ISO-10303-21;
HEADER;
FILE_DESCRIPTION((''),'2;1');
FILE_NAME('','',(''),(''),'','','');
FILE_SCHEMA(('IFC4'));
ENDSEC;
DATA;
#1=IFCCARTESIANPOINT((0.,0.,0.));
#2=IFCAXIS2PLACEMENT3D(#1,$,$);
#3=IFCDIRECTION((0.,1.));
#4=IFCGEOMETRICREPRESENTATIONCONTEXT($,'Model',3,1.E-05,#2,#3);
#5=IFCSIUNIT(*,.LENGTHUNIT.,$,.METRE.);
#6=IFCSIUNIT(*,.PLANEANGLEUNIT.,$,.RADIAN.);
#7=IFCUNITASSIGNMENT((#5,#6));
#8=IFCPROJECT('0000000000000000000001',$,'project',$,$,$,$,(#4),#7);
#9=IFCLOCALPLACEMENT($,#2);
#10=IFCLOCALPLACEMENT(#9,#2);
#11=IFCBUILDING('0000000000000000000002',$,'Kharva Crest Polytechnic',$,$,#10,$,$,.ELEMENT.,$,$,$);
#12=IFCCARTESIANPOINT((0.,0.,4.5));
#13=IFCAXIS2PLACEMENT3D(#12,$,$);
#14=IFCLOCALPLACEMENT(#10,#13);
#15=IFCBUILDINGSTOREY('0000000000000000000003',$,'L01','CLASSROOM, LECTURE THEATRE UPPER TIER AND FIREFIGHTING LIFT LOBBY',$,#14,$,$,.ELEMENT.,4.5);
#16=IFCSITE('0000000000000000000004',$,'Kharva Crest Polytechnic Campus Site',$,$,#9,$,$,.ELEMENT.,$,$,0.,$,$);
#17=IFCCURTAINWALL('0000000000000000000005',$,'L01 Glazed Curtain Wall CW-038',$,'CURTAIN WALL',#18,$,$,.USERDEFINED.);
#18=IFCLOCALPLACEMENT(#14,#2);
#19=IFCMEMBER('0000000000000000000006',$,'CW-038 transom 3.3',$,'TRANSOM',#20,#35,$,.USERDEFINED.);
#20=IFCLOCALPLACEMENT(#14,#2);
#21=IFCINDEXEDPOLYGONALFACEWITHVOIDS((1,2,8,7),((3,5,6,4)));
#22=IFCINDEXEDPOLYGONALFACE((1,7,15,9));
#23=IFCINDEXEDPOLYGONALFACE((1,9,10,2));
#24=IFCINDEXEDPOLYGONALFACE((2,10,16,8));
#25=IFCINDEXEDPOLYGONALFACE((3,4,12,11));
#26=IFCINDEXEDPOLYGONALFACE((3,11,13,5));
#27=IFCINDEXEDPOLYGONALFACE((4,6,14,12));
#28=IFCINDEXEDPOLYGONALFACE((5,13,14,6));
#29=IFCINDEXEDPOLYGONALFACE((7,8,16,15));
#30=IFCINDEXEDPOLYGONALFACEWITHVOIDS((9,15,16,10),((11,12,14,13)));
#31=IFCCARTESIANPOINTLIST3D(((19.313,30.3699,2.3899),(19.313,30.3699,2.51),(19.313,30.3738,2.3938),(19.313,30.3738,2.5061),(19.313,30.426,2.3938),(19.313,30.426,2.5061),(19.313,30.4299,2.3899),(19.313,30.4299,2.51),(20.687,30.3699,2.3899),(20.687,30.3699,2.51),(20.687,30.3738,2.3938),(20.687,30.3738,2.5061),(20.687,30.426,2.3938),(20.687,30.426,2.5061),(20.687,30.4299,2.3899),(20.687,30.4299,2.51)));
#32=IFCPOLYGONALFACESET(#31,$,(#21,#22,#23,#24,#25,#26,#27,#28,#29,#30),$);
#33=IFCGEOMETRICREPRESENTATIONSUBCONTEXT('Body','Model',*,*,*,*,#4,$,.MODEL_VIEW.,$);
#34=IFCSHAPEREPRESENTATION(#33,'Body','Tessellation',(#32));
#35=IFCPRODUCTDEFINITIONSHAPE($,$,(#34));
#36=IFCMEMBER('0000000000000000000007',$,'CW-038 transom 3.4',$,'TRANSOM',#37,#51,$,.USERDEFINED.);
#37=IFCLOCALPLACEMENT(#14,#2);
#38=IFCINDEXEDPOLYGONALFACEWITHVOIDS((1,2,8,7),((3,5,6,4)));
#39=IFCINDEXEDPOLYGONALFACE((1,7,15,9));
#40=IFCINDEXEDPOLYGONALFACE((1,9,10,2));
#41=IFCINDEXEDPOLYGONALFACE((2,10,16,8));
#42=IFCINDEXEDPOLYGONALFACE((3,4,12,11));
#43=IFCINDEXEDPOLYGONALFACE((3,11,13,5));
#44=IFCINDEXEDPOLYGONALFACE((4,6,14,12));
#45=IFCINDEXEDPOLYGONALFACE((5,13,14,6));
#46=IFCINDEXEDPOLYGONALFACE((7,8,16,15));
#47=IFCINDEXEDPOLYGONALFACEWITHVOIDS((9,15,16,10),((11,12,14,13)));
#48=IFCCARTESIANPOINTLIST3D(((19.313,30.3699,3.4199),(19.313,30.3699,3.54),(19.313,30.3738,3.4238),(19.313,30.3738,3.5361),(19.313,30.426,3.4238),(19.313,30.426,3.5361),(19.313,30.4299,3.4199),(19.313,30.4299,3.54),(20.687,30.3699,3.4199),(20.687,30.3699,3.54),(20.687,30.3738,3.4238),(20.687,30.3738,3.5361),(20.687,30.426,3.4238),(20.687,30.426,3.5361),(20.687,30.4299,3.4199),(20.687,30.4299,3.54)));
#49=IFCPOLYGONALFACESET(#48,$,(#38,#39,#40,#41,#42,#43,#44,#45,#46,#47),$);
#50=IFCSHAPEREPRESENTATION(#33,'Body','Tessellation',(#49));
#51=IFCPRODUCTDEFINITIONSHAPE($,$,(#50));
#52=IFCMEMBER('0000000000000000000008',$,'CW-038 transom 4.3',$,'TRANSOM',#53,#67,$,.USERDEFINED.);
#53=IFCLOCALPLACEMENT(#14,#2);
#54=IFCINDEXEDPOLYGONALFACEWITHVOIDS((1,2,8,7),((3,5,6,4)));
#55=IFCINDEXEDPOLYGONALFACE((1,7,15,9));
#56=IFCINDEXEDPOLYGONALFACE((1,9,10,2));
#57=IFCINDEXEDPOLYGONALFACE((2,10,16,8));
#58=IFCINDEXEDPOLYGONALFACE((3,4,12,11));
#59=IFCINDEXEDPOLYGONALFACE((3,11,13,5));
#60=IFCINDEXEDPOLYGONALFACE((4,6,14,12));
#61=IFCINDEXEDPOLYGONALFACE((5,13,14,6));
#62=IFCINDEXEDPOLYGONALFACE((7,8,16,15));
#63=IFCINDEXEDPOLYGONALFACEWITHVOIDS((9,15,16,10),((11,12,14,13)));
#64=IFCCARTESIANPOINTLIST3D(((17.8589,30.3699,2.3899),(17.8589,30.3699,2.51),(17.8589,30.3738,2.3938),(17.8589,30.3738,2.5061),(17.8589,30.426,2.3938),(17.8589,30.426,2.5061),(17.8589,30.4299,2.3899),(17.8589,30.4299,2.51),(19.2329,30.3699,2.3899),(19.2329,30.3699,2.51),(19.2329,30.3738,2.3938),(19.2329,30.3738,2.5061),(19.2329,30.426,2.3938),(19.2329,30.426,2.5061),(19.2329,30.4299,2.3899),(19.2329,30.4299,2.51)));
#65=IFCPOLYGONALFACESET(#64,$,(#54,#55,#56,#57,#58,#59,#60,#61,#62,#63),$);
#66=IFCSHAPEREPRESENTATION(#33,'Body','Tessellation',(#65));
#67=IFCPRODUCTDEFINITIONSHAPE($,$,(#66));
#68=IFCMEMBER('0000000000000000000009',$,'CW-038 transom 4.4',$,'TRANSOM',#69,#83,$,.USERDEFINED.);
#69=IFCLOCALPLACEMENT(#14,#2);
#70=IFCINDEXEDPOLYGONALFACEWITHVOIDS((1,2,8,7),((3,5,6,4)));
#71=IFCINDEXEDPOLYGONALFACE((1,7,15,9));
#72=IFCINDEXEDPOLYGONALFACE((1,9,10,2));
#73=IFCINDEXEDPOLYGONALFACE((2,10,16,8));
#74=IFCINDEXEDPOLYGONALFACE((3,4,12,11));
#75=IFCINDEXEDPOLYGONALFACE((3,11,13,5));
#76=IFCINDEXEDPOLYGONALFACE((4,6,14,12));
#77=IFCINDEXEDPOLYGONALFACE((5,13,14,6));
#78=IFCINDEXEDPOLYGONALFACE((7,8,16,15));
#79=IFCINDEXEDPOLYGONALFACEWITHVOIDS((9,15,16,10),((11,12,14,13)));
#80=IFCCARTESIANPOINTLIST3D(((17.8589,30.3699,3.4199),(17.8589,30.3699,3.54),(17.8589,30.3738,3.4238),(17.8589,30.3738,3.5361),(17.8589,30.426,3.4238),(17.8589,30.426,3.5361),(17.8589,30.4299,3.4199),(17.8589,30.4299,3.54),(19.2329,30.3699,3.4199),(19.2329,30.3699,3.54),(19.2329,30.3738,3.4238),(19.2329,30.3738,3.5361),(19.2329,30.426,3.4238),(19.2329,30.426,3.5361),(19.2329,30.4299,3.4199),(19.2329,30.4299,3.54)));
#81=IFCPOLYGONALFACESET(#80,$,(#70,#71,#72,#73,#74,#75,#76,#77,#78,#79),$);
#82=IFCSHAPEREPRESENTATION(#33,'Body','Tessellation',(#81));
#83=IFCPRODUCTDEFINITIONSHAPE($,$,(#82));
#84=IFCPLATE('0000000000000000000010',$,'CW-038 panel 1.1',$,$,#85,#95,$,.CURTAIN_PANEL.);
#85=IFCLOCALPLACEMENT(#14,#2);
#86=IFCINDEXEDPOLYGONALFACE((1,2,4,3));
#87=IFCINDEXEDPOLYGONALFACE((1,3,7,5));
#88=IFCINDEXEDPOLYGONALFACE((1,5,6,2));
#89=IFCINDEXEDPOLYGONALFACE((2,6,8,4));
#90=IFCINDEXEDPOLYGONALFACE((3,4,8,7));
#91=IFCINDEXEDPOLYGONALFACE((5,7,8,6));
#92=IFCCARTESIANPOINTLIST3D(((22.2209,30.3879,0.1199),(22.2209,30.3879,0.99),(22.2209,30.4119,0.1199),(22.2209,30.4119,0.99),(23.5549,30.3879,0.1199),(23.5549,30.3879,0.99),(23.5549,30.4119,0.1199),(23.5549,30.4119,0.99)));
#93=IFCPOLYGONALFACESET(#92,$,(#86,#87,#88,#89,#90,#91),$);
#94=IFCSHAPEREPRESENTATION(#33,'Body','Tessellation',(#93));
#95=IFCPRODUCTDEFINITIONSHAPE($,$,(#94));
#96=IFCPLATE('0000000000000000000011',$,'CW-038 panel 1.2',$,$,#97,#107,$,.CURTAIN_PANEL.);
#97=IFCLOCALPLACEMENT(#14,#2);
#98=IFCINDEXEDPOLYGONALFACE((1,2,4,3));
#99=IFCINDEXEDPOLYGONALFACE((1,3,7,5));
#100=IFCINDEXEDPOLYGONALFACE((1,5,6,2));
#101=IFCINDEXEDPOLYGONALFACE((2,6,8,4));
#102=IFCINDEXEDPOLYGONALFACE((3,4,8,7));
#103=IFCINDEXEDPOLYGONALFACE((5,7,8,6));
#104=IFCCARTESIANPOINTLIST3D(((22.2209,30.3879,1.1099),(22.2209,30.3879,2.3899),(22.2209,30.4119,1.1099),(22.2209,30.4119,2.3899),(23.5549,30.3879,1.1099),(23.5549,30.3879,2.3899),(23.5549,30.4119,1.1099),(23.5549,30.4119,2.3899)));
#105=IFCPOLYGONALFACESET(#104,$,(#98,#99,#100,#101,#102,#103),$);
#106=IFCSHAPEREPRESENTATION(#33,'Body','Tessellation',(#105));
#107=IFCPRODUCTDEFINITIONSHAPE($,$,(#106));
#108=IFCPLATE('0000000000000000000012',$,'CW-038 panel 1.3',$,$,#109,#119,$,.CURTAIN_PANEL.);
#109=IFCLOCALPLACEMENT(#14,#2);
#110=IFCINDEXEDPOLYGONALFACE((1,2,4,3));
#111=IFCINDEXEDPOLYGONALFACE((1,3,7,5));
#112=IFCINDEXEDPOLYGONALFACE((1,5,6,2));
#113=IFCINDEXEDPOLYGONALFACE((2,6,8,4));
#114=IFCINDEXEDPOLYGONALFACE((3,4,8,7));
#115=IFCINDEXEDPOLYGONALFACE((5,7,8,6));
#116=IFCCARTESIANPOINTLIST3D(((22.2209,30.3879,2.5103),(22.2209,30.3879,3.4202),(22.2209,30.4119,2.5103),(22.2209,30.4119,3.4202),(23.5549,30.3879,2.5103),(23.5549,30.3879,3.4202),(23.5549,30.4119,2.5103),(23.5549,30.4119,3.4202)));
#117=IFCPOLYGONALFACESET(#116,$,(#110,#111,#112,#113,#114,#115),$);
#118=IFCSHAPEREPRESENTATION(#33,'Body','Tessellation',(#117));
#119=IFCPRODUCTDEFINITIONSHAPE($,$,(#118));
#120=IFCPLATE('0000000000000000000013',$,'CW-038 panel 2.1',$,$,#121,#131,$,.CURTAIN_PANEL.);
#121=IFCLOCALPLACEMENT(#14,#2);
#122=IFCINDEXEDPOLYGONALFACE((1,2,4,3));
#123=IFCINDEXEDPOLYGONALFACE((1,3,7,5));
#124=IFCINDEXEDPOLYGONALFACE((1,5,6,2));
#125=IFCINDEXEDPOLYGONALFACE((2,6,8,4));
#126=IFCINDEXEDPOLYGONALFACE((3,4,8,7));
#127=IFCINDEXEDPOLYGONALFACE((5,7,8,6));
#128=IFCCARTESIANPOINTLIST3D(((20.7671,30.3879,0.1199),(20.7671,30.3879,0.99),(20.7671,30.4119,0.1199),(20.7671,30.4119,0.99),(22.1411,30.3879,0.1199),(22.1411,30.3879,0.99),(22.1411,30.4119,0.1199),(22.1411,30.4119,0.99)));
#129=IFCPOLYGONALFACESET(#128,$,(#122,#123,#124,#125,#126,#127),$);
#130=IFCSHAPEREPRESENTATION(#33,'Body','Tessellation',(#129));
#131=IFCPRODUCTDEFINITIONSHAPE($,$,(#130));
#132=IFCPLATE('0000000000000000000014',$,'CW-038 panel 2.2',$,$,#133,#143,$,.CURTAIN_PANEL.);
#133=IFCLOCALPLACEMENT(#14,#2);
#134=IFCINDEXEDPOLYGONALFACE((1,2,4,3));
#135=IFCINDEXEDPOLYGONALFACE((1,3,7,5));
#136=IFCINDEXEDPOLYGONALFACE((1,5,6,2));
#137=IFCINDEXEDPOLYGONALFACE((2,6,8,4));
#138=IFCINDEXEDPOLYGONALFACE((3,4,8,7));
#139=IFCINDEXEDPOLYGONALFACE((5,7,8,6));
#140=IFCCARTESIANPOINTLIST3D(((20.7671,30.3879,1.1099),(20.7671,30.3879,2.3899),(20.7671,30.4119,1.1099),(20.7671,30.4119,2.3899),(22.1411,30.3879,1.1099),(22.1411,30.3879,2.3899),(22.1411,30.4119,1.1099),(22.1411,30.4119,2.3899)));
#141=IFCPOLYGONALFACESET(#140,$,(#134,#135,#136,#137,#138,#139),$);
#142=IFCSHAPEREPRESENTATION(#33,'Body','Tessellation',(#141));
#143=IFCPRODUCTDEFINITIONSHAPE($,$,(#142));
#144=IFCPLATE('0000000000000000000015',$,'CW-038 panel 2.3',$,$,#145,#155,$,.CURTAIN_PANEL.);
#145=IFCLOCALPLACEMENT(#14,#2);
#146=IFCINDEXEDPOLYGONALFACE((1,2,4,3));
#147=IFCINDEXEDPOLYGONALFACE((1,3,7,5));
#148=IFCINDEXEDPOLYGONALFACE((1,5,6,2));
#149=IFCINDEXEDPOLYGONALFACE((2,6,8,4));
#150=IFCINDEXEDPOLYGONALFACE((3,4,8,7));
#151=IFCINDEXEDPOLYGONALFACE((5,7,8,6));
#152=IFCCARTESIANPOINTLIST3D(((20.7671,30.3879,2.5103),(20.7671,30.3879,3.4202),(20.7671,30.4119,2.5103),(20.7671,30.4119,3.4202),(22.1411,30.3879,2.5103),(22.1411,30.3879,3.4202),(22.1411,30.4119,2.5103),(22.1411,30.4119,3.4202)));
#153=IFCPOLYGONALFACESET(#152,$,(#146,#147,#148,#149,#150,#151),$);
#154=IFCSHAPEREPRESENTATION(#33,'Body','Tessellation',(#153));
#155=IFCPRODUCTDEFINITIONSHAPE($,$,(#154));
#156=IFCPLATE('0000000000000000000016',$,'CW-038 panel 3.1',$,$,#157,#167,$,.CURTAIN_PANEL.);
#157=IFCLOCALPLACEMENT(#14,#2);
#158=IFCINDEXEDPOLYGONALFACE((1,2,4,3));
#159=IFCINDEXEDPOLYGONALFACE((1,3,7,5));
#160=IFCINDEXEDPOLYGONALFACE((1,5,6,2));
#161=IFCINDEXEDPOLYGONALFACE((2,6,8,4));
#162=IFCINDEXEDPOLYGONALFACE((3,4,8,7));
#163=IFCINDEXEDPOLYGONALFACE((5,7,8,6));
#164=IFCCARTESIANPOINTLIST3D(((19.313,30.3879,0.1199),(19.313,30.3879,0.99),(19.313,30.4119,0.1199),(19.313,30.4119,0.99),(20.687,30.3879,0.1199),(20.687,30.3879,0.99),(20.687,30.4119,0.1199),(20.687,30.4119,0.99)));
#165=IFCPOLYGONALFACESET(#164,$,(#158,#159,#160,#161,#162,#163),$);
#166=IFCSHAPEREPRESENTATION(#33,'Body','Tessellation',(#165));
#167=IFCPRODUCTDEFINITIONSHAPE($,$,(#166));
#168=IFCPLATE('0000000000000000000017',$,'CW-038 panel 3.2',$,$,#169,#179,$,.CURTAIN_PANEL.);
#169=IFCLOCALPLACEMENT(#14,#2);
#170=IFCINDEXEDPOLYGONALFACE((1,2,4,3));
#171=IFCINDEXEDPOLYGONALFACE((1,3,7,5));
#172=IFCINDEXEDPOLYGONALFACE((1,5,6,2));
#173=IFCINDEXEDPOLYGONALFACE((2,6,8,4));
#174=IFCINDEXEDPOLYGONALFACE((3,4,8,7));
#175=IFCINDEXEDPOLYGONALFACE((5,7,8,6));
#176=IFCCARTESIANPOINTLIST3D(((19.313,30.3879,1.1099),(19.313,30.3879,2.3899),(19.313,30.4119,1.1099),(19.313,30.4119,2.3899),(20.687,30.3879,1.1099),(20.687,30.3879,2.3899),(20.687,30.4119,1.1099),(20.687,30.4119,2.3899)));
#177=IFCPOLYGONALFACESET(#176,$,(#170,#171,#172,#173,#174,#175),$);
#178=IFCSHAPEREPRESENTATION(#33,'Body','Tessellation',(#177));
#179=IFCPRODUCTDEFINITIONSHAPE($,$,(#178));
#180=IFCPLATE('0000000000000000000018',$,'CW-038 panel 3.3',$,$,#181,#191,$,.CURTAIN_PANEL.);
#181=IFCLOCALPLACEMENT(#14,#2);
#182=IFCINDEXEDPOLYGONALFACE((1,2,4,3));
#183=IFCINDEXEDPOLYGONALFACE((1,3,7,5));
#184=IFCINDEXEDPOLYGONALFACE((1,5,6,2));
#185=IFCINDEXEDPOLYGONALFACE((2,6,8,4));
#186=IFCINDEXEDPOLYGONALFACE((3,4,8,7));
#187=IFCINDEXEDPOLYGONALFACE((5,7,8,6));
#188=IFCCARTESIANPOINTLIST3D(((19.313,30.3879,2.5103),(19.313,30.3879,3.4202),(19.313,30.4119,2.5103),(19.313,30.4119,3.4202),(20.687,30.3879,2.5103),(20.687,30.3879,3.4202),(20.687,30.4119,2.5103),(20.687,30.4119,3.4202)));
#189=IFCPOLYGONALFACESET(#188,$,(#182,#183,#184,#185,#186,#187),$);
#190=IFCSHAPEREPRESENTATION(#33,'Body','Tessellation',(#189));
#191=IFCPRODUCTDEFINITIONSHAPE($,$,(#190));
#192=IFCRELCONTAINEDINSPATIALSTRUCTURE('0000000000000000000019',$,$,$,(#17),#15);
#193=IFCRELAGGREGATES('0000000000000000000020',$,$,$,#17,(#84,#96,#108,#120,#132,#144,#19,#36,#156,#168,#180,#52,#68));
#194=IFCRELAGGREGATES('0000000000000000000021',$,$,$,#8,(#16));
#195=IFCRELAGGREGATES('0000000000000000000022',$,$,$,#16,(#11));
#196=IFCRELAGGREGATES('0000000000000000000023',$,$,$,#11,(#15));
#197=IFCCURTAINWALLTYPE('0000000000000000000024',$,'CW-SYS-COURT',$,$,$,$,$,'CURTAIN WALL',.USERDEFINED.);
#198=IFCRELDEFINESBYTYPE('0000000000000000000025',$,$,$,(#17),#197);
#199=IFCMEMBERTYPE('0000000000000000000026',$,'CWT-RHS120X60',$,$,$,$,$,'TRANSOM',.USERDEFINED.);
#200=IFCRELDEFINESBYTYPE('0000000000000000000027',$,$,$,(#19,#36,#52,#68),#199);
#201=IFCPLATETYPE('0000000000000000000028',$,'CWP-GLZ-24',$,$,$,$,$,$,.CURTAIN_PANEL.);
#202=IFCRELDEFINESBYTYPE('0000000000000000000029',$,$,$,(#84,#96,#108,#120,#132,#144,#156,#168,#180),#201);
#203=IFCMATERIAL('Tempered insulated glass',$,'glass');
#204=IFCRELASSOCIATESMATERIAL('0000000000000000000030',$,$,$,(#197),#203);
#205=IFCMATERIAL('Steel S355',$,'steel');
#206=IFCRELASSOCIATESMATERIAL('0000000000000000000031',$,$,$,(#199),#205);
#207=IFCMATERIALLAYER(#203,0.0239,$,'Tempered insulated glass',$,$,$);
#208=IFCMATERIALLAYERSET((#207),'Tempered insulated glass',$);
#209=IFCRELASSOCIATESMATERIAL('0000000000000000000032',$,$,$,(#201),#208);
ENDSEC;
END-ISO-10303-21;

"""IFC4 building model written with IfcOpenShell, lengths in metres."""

from ifc_helpers import new_model, si_unit, direction, frame, origin, origin_2d, place, context, subcontext, project, spatial, rectangle, hollow_rectangle, extrude, material, layer, layer_set, material_profile, profile_set, type_object, element, aggregate, save


model = new_model("IFC4")

# Units and contexts
model_context = context("Model", 3, precision=1e-05, world=origin(), true_north=direction((0.0, 1.0)))
body_context = subcontext(model_context, "Body", "Model", "MODEL_VIEW")
ifc_project = project(units=[si_unit("LENGTHUNIT", "METRE"), si_unit("PLANEANGLEUNIT", "RADIAN")], contexts=[model_context])

# Site, building, storey
site_placement = place(None, origin())
site = spatial("IfcSite", under=ifc_project, at=site_placement, Name="Kharva Crest Polytechnic Campus Site", CompositionType="ELEMENT", RefElevation=0.0)
building_placement = place(site_placement, origin())
building = spatial("IfcBuilding", under=site, at=building_placement, Name="Kharva Crest Polytechnic", CompositionType="ELEMENT")
storey_placement = place(building_placement, frame((0.0, 0.0, 4.5)))
storey = spatial("IfcBuildingStorey", under=building, at=storey_placement, Name="L01", Description="CLASSROOM, LECTURE THEATRE UPPER TIER AND FIREFIGHTING LIFT LOBBY", CompositionType="ELEMENT", Elevation=4.5)

# Curtain wall, members, plates
ifc_material_1 = material(Name="Tempered insulated glass", Category="glass")
curtain_wall_type = type_object("IfcCurtainWallType", Name="CW-SYS-COURT", ElementType="CURTAIN WALL", PredefinedType="USERDEFINED", material=ifc_material_1)
curtain_wall_placement = place(storey_placement, origin())
curtain_wall = element("IfcCurtainWall", 1, at=curtain_wall_placement, inside=storey, type_object=curtain_wall_type, Name="L01 Glazed Curtain Wall CW-038", ObjectType="CURTAIN WALL", PredefinedType="USERDEFINED")
ifc_material_2 = material(Name="Steel S355", Category="steel")
ifc_material_profile_1 = material_profile(ifc_material_2, hollow_rectangle(XDim=0.0601, YDim=0.1201, WallThickness=0.0039, at=origin_2d()), Name="RHS 120X60X4.0")
ifc_profile_set_1 = profile_set([ifc_material_profile_1], Name="Steel S355")
member_type_1 = type_object("IfcMemberType", Name="CWT-RHS120X60", ElementType="TRANSOM", PredefinedType="USERDEFINED", material=ifc_profile_set_1)
member_1_placement = place(storey_placement, frame((20.687, 30.3999, 2.45), z_axis=(-1.0, 0.0, 0.0), x_axis=(0.0, -1.0, 0.0)))
member_1 = element("IfcMember", 2, at=member_1_placement, type_object=member_type_1, Name="CW-038 transom 3.3", ObjectType="TRANSOM", PredefinedType="USERDEFINED", context=body_context, shape_type="SweptSolid", body=[
    extrude(hollow_rectangle(XDim=0.0601, YDim=0.1201, WallThickness=0.0039, at=origin_2d()), origin(), (0.0, 0.0, 1.0), 1.374),
])
member_2_placement = place(storey_placement, frame((20.687, 30.3999, 3.48), z_axis=(-1.0, 0.0, 0.0), x_axis=(0.0, -1.0, 0.0)))
member_2 = element("IfcMember", 3, at=member_2_placement, type_object=member_type_1, Name="CW-038 transom 3.4", ObjectType="TRANSOM", PredefinedType="USERDEFINED", context=body_context, shape_type="SweptSolid", body=[
    extrude(hollow_rectangle(XDim=0.0601, YDim=0.1201, WallThickness=0.0039, at=origin_2d()), origin(), (0.0, 0.0, 1.0), 1.374),
])
member_3_placement = place(storey_placement, frame((19.2329, 30.3999, 2.45), z_axis=(-1.0, 0.0, 0.0), x_axis=(0.0, -1.0, 0.0)))
member_3 = element("IfcMember", 4, at=member_3_placement, type_object=member_type_1, Name="CW-038 transom 4.3", ObjectType="TRANSOM", PredefinedType="USERDEFINED", context=body_context, shape_type="SweptSolid", body=[
    extrude(hollow_rectangle(XDim=0.0601, YDim=0.1201, WallThickness=0.0039, at=origin_2d()), origin(), (0.0, 0.0, 1.0), 1.374),
])
member_4_placement = place(storey_placement, frame((19.2329, 30.3999, 3.48), z_axis=(-1.0, 0.0, 0.0), x_axis=(0.0, -1.0, 0.0)))
member_4 = element("IfcMember", 5, at=member_4_placement, type_object=member_type_1, Name="CW-038 transom 4.4", ObjectType="TRANSOM", PredefinedType="USERDEFINED", context=body_context, shape_type="SweptSolid", body=[
    extrude(hollow_rectangle(XDim=0.0601, YDim=0.1201, WallThickness=0.0039, at=origin_2d()), origin(), (0.0, 0.0, 1.0), 1.374),
])
ifc_layer = layer(ifc_material_1, 0.0239, Name="Tempered insulated glass")
ifc_layer_set = layer_set([ifc_layer], Name="Tempered insulated glass")
plate_type = type_object("IfcPlateType", Name="CWP-GLZ-24", PredefinedType="CURTAIN_PANEL", material=ifc_layer_set)
plate_1_placement = place(storey_placement, frame((22.8879, 30.3999, 0.1199), z_axis=(0.0, 0.0, 1.0), x_axis=(-1.0, 0.0, 0.0)))
plate_1 = element("IfcPlate", 6, at=plate_1_placement, type_object=plate_type, Name="CW-038 panel 1.1", PredefinedType="CURTAIN_PANEL", context=body_context, shape_type="SweptSolid", body=[
    extrude(rectangle(XDim=1.334, YDim=0.0239, at=origin_2d()), origin(), (0.0, 0.0, 1.0), 0.8701),
])
plate_2_placement = place(storey_placement, frame((22.8879, 30.3999, 1.1099), z_axis=(0.0, 0.0, 1.0), x_axis=(-1.0, 0.0, 0.0)))
plate_2 = element("IfcPlate", 7, at=plate_2_placement, type_object=plate_type, Name="CW-038 panel 1.2", PredefinedType="CURTAIN_PANEL", context=body_context, shape_type="SweptSolid", body=[
    extrude(rectangle(XDim=1.334, YDim=0.0239, at=origin_2d()), origin(), (0.0, 0.0, 1.0), 1.28),
])
plate_3_placement = place(storey_placement, frame((22.8879, 30.3999, 2.5103), z_axis=(0.0, 0.0, 1.0), x_axis=(-1.0, 0.0, 0.0)))
plate_3 = element("IfcPlate", 8, at=plate_3_placement, type_object=plate_type, Name="CW-038 panel 1.3", PredefinedType="CURTAIN_PANEL", context=body_context, shape_type="SweptSolid", body=[
    extrude(rectangle(XDim=1.334, YDim=0.0239, at=origin_2d()), origin(), (0.0, 0.0, 1.0), 0.9099),
])
plate_4_placement = place(storey_placement, frame((21.4541, 30.3999, 0.1199), z_axis=(0.0, 0.0, 1.0), x_axis=(-1.0, 0.0, 0.0)))
plate_4 = element("IfcPlate", 9, at=plate_4_placement, type_object=plate_type, Name="CW-038 panel 2.1", PredefinedType="CURTAIN_PANEL", context=body_context, shape_type="SweptSolid", body=[
    extrude(rectangle(XDim=1.374, YDim=0.0239, at=origin_2d()), origin(), (0.0, 0.0, 1.0), 0.8701),
])
plate_5_placement = place(storey_placement, frame((21.4541, 30.3999, 1.1099), z_axis=(0.0, 0.0, 1.0), x_axis=(-1.0, 0.0, 0.0)))
plate_5 = element("IfcPlate", 10, at=plate_5_placement, type_object=plate_type, Name="CW-038 panel 2.2", PredefinedType="CURTAIN_PANEL", context=body_context, shape_type="SweptSolid", body=[
    extrude(rectangle(XDim=1.374, YDim=0.0239, at=origin_2d()), origin(), (0.0, 0.0, 1.0), 1.28),
])
plate_6_placement = place(storey_placement, frame((21.4541, 30.3999, 2.5103), z_axis=(0.0, 0.0, 1.0), x_axis=(-1.0, 0.0, 0.0)))
plate_6 = element("IfcPlate", 11, at=plate_6_placement, type_object=plate_type, Name="CW-038 panel 2.3", PredefinedType="CURTAIN_PANEL", context=body_context, shape_type="SweptSolid", body=[
    extrude(rectangle(XDim=1.374, YDim=0.0239, at=origin_2d()), origin(), (0.0, 0.0, 1.0), 0.9099),
])
plate_7_placement = place(storey_placement, frame((20.0, 30.3999, 0.1199), z_axis=(0.0, 0.0, 1.0), x_axis=(-1.0, 0.0, 0.0)))
plate_7 = element("IfcPlate", 12, at=plate_7_placement, type_object=plate_type, Name="CW-038 panel 3.1", PredefinedType="CURTAIN_PANEL", context=body_context, shape_type="SweptSolid", body=[
    extrude(rectangle(XDim=1.374, YDim=0.0239, at=origin_2d()), origin(), (0.0, 0.0, 1.0), 0.8701),
])
plate_8_placement = place(storey_placement, frame((20.0, 30.3999, 1.1099), z_axis=(0.0, 0.0, 1.0), x_axis=(-1.0, 0.0, 0.0)))
plate_8 = element("IfcPlate", 13, at=plate_8_placement, type_object=plate_type, Name="CW-038 panel 3.2", PredefinedType="CURTAIN_PANEL", context=body_context, shape_type="SweptSolid", body=[
    extrude(rectangle(XDim=1.374, YDim=0.0239, at=origin_2d()), origin(), (0.0, 0.0, 1.0), 1.28),
])
plate_9_placement = place(storey_placement, frame((20.0, 30.3999, 2.5103), z_axis=(0.0, 0.0, 1.0), x_axis=(-1.0, 0.0, 0.0)))
plate_9 = element("IfcPlate", 14, at=plate_9_placement, type_object=plate_type, Name="CW-038 panel 3.3", PredefinedType="CURTAIN_PANEL", context=body_context, shape_type="SweptSolid", body=[
    extrude(rectangle(XDim=1.374, YDim=0.0239, at=origin_2d()), origin(), (0.0, 0.0, 1.0), 0.9099),
])
aggregate(curtain_wall, [plate_1, plate_2, plate_3, plate_4, plate_5, plate_6, member_1, member_2, plate_7, plate_8, plate_9, member_3, member_4])

save(model, "model.ifc")
